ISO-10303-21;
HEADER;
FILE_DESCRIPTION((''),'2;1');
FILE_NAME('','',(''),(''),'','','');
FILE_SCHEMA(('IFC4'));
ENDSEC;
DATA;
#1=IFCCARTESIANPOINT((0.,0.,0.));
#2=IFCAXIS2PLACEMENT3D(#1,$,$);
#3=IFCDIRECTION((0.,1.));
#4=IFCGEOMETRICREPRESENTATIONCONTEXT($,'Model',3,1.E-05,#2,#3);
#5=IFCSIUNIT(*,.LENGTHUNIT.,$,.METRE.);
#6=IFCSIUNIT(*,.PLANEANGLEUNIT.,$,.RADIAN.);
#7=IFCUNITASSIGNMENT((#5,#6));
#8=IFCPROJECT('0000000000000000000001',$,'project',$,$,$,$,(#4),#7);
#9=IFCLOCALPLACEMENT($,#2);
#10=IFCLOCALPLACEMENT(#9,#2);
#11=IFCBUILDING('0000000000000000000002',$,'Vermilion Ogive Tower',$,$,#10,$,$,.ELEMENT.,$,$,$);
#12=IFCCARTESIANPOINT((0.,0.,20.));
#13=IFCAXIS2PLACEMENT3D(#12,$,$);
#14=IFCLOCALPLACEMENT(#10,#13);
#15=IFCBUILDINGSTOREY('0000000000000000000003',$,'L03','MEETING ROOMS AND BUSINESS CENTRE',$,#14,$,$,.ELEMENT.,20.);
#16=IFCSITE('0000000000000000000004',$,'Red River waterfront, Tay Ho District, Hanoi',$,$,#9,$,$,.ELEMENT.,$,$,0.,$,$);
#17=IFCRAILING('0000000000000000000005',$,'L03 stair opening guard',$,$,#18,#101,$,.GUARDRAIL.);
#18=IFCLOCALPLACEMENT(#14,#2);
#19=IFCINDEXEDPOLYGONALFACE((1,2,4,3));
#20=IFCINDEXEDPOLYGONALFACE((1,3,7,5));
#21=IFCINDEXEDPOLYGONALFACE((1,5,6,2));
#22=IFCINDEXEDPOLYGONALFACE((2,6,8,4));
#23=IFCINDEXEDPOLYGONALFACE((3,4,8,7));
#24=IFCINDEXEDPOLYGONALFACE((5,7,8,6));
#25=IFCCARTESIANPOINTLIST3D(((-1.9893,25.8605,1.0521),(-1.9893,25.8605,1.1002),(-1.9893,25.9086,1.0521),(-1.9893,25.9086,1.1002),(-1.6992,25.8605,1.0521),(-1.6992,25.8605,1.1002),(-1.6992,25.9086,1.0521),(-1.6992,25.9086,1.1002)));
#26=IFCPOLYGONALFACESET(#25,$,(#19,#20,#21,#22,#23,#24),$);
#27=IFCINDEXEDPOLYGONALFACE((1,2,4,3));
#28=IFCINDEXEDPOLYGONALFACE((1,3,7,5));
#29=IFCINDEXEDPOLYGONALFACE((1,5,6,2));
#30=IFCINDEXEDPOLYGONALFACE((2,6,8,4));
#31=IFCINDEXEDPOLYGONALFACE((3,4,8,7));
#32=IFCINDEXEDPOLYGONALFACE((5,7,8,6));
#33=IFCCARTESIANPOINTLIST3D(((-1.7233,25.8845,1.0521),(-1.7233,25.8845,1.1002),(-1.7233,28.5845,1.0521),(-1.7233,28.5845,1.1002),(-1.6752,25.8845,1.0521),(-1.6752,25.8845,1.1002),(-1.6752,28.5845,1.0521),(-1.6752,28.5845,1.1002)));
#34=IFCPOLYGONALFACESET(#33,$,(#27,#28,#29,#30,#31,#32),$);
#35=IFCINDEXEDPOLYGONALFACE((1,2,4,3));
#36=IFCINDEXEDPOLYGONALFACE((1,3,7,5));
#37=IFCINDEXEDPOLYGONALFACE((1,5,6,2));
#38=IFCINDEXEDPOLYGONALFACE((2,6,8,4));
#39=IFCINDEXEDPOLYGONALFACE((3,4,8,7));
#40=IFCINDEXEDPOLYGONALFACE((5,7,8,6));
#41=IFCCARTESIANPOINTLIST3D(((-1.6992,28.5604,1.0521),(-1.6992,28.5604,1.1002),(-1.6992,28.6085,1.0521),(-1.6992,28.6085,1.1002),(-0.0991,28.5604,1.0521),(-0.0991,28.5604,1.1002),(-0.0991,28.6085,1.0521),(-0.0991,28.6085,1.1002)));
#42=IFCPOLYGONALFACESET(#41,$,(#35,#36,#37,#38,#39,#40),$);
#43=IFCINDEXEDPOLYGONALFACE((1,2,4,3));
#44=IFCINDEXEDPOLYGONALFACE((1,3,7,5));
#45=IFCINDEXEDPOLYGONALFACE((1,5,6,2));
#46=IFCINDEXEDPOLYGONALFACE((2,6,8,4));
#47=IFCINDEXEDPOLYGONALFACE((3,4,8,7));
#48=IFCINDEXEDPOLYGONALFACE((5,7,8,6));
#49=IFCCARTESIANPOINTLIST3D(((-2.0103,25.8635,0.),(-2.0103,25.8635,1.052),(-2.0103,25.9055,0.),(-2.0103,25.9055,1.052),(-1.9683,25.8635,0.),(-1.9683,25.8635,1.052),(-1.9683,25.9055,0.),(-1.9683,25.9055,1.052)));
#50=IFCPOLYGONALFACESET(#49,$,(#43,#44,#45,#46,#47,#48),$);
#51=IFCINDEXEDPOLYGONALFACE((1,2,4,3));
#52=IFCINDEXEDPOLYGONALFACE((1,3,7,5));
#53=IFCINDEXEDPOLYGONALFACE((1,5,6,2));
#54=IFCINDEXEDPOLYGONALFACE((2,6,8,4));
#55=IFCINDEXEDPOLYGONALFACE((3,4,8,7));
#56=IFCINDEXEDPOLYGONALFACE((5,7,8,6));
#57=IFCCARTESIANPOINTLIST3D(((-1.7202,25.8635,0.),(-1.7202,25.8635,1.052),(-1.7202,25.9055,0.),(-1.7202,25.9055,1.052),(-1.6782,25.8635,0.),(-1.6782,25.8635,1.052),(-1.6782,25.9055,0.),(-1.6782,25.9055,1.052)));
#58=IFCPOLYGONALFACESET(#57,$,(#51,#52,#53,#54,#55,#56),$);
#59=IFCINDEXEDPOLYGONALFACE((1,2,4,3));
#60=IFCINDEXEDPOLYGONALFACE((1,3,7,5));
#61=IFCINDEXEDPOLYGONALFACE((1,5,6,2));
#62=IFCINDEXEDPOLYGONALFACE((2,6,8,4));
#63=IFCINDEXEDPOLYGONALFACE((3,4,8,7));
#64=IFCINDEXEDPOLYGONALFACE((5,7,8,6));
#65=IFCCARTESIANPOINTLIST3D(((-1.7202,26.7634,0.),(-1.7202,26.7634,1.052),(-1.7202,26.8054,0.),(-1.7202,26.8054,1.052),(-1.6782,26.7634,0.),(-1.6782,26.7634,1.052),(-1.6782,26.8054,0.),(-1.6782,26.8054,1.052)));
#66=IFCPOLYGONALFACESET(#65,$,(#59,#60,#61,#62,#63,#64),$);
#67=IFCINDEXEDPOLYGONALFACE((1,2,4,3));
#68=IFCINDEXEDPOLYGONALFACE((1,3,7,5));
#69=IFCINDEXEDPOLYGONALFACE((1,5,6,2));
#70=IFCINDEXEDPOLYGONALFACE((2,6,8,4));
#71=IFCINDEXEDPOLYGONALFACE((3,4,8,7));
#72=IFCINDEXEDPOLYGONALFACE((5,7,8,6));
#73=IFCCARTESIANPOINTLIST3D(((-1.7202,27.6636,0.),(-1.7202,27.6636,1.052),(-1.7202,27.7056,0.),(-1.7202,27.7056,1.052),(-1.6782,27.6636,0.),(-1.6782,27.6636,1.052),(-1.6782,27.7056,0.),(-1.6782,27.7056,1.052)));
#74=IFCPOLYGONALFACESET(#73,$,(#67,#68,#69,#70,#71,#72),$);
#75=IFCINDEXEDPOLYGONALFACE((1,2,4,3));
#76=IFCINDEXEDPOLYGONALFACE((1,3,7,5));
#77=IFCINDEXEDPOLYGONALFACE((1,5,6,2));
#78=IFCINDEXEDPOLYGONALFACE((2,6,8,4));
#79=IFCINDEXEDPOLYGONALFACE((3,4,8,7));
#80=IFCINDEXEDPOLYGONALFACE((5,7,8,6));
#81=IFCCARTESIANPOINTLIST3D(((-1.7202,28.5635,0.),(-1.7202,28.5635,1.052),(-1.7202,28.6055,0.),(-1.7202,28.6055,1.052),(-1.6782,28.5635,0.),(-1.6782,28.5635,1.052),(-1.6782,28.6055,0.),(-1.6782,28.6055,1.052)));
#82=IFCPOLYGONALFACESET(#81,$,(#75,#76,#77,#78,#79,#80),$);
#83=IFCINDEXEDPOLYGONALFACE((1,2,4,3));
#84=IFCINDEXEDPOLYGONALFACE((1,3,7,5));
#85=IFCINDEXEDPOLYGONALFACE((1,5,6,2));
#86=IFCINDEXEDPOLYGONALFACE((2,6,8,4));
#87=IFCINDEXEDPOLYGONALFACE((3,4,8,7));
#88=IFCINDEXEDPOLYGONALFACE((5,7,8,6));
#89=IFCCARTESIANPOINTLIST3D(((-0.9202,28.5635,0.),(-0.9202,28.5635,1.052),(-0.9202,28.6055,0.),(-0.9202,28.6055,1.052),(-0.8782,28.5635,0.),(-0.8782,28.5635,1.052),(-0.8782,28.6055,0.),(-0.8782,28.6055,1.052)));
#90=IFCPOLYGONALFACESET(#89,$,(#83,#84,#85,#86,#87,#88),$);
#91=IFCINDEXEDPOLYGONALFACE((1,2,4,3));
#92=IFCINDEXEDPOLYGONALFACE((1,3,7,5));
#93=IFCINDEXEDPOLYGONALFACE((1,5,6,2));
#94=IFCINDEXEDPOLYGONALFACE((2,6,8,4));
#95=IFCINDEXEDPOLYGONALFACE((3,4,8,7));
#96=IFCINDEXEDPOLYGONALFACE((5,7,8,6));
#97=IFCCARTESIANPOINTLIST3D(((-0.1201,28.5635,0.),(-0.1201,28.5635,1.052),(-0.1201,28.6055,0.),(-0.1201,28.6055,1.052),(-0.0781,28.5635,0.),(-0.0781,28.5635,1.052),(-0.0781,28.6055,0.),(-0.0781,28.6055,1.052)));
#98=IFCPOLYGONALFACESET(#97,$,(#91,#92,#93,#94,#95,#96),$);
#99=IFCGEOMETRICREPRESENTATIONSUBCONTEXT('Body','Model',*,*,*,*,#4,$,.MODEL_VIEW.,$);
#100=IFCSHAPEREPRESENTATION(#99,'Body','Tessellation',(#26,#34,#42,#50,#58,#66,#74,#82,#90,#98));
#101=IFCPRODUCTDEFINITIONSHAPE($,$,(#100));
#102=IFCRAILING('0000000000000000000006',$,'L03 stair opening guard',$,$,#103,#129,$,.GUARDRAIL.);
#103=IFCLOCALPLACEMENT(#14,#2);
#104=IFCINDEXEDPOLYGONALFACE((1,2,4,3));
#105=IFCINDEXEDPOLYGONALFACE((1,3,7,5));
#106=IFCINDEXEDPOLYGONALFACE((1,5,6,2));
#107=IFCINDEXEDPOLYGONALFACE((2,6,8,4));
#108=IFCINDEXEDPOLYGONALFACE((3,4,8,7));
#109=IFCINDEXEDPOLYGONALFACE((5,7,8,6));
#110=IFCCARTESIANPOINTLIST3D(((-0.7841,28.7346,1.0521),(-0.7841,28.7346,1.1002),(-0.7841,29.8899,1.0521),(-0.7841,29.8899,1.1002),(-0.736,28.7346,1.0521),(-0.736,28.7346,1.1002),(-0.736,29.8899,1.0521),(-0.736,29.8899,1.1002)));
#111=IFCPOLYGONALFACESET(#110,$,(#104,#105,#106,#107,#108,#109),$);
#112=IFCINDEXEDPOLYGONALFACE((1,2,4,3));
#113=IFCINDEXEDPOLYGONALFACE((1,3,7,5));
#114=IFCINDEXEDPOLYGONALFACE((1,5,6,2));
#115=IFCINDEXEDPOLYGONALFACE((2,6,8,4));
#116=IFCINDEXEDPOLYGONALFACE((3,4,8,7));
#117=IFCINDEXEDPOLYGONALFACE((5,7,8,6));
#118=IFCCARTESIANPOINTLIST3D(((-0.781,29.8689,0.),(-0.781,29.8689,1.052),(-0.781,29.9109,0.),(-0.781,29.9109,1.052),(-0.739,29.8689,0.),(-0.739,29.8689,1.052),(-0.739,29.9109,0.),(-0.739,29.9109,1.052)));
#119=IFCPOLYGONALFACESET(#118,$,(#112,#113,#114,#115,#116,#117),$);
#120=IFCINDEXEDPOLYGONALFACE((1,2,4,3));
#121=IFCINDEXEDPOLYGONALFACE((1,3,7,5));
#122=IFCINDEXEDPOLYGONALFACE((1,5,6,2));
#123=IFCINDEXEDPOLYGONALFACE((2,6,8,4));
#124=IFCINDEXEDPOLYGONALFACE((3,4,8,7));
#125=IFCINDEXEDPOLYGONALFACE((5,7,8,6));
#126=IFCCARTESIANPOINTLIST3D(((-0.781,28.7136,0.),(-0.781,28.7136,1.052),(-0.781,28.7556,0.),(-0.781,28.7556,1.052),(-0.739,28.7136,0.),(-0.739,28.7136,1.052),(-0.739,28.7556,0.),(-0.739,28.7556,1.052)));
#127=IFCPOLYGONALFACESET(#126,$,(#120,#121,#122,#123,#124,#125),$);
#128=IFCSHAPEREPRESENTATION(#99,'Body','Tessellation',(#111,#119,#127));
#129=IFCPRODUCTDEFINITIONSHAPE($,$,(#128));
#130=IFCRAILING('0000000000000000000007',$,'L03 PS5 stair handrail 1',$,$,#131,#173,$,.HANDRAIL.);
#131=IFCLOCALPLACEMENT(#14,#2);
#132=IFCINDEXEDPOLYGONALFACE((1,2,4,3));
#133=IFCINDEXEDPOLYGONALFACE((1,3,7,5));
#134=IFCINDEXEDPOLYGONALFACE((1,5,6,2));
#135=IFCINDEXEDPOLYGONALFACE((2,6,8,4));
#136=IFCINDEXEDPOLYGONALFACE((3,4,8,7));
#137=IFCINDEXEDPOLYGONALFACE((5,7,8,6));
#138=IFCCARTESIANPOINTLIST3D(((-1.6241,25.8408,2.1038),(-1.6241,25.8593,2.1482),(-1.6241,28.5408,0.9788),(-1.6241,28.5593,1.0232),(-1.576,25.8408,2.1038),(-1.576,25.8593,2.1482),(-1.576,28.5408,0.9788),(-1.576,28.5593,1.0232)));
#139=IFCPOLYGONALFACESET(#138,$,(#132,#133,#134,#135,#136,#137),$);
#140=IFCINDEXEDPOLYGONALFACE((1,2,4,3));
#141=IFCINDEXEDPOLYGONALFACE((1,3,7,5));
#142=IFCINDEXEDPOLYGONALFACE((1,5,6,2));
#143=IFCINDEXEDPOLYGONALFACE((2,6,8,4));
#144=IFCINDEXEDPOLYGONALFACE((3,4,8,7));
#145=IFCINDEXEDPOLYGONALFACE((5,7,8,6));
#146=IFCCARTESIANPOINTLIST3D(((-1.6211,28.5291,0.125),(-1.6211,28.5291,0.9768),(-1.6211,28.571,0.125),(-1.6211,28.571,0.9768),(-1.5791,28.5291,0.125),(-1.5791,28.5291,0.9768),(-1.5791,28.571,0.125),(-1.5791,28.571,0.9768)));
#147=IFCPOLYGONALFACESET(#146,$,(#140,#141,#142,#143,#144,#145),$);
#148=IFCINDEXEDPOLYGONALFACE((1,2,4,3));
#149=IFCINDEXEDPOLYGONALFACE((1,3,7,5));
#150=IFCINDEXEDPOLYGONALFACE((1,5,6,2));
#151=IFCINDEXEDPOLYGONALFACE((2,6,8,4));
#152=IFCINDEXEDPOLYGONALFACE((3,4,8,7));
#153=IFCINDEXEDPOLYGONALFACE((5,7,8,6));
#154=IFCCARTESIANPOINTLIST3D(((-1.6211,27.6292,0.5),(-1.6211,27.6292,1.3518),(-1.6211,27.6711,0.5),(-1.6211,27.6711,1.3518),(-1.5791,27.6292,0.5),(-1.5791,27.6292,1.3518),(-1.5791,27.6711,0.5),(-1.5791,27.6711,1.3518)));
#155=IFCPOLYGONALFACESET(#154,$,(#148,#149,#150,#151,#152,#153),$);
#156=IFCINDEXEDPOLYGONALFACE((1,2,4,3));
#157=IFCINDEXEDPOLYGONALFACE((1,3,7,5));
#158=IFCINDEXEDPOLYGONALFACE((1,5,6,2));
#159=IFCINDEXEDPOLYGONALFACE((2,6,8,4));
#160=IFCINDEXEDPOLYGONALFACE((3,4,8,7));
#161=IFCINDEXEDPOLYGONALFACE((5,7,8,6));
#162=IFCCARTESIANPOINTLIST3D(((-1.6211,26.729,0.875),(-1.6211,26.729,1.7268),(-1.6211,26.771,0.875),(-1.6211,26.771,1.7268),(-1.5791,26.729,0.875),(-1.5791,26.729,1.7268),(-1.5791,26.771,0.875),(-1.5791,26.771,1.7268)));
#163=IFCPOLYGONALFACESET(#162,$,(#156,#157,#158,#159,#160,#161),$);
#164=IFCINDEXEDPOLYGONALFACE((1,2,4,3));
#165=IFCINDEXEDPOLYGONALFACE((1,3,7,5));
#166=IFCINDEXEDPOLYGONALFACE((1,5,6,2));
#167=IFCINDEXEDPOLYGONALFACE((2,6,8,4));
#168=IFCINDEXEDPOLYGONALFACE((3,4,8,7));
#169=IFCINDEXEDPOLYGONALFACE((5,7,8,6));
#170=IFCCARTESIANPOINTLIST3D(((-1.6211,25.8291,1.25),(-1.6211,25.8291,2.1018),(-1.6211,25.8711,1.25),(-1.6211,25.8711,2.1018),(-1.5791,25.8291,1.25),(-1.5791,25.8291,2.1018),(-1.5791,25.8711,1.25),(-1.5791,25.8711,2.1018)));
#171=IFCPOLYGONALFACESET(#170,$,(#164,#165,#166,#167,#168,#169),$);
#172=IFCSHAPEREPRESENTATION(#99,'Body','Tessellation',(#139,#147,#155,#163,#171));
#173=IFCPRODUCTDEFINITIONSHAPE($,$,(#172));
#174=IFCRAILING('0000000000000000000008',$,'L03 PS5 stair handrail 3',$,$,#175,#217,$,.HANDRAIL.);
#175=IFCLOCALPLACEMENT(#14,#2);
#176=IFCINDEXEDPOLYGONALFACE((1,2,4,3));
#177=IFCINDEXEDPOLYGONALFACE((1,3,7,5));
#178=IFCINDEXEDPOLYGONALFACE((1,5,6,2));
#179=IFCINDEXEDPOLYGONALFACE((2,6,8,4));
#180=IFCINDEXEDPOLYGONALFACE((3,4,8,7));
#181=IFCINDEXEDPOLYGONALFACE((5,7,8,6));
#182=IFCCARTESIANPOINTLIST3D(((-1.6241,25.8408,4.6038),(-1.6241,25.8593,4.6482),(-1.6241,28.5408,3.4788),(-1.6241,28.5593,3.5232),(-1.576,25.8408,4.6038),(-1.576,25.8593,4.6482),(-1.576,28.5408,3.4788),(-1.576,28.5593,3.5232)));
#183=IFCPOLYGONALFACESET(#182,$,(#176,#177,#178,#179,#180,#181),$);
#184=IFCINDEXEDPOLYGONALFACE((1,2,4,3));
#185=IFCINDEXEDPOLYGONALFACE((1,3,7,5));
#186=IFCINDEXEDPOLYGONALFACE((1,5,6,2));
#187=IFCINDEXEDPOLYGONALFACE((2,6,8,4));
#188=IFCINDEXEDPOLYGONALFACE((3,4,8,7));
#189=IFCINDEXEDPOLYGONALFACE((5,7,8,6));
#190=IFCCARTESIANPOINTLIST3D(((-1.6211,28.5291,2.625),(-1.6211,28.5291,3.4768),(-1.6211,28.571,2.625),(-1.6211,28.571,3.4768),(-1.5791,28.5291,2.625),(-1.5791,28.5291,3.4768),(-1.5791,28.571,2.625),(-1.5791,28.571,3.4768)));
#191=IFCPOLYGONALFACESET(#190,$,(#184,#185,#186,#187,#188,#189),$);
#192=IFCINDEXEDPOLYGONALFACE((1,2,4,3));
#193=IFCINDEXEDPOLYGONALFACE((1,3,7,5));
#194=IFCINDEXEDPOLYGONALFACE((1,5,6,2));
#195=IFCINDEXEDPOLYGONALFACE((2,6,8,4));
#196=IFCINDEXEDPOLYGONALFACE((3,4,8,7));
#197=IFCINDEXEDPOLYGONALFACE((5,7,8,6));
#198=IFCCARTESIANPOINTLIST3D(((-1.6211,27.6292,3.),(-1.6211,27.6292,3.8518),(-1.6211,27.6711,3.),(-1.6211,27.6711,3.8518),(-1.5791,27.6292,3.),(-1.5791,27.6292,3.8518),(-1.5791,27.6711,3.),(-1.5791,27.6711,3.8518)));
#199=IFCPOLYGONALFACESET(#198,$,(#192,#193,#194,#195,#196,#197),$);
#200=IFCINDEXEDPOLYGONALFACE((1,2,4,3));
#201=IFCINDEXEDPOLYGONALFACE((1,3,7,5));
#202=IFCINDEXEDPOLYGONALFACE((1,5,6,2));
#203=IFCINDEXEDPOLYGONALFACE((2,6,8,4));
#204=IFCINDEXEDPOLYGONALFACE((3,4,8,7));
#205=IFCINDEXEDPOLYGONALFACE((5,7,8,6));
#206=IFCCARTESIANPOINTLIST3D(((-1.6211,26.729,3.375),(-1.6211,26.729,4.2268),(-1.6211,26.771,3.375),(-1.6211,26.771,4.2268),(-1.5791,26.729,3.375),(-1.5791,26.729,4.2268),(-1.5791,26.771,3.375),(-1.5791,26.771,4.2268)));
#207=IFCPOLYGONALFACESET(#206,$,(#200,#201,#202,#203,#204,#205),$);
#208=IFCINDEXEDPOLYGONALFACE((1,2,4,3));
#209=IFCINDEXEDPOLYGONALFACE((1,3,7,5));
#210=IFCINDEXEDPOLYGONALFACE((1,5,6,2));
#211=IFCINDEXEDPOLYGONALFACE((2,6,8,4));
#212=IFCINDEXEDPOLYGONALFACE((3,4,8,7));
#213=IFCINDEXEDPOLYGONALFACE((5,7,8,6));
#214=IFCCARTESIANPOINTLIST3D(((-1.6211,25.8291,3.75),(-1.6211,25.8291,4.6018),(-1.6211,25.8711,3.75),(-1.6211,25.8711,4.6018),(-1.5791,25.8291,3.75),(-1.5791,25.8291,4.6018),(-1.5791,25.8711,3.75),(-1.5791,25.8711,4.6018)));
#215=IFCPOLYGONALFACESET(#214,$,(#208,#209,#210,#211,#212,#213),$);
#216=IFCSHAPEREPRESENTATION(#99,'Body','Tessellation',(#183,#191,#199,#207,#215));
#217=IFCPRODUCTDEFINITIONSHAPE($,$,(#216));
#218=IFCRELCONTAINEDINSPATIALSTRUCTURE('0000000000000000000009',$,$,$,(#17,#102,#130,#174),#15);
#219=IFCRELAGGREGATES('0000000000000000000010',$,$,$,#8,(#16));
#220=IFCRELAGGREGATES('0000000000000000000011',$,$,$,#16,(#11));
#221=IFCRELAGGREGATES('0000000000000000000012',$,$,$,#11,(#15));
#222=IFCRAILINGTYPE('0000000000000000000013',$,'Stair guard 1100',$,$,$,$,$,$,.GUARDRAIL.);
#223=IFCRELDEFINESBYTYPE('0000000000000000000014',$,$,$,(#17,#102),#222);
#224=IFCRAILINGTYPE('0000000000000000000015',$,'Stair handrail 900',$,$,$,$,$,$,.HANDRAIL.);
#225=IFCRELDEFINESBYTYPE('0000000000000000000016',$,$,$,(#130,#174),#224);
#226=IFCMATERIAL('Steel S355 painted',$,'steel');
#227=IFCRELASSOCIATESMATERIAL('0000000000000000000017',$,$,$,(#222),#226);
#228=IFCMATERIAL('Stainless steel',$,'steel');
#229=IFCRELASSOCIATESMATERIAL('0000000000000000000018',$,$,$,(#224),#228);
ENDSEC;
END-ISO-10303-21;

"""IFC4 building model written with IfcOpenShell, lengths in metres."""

from ifc_helpers import new_model, si_unit, direction, frame, origin, origin_2d, place, context, subcontext, project, spatial, rectangle, extrude, material, type_object, element, save


model = new_model("IFC4")

# Units and contexts
model_context = context("Model", 3, precision=1e-05, world=origin(), true_north=direction((0.0, 1.0)))
body_context = subcontext(model_context, "Body", "Model", "MODEL_VIEW")
ifc_project = project(units=[si_unit("LENGTHUNIT", "METRE"), si_unit("PLANEANGLEUNIT", "RADIAN")], contexts=[model_context])

# Site, building, storey
site_placement = place(None, origin())
site = spatial("IfcSite", under=ifc_project, at=site_placement, Name="Red River waterfront, Tay Ho District, Hanoi", CompositionType="ELEMENT", RefElevation=0.0)
building_placement = place(site_placement, origin())
building = spatial("IfcBuilding", under=site, at=building_placement, Name="Vermilion Ogive Tower", CompositionType="ELEMENT")
storey_placement = place(building_placement, frame((0.0, 0.0, 20.0)))
storey = spatial("IfcBuildingStorey", under=building, at=storey_placement, Name="L03", Description="MEETING ROOMS AND BUSINESS CENTRE", CompositionType="ELEMENT", Elevation=20.0)

# Railings
ifc_material_1 = material(Name="Steel S355 painted", Category="steel")
railing_type_1 = type_object("IfcRailingType", Name="Stair guard 1100", PredefinedType="GUARDRAIL", material=ifc_material_1)
railing_1_placement = place(storey_placement, frame((-1.9893, 25.8845, 0.0)))
element("IfcRailing", 1, at=railing_1_placement, inside=storey, type_object=railing_type_1, Name="L03 stair opening guard", PredefinedType="GUARDRAIL", context=body_context, shape_type="SweptSolid", body=[
    extrude(rectangle(XDim=0.0481, YDim=0.0481, at=origin_2d()), frame((0.0, 0.0, 1.0762), z_axis=(1.0, 0.0, 0.0), x_axis=(0.0, 1.0, 0.0)), (0.0, 0.0, 1.0), 0.29),
    extrude(rectangle(XDim=0.0481, YDim=0.0481, at=origin_2d()), frame((0.29, 0.0, 1.0762), z_axis=(0.0, 1.0, 0.0), x_axis=(-1.0, 0.0, 0.0)), (0.0, 0.0, 1.0), 2.7),
    extrude(rectangle(XDim=0.0481, YDim=0.0481, at=origin_2d()), frame((0.29, 2.7, 1.0762), z_axis=(1.0, 0.0, 0.0), x_axis=(0.0, 1.0, 0.0)), (0.0, 0.0, 1.0), 1.6001),
    extrude(rectangle(XDim=0.042, YDim=0.042, at=origin_2d()), origin(), (0.0, 0.0, 1.0), 1.052),
    extrude(rectangle(XDim=0.042, YDim=0.042, at=origin_2d()), frame((0.29, 0.0, 0.0)), (0.0, 0.0, 1.0), 1.052),
    extrude(rectangle(XDim=0.042, YDim=0.042, at=origin_2d()), frame((0.29, 0.8999, 0.0)), (0.0, 0.0, 1.0), 1.052),
    extrude(rectangle(XDim=0.042, YDim=0.042, at=origin_2d()), frame((0.29, 1.8, 0.0)), (0.0, 0.0, 1.0), 1.052),
    extrude(rectangle(XDim=0.042, YDim=0.042, at=origin_2d()), frame((0.29, 2.7, 0.0)), (0.0, 0.0, 1.0), 1.052),
    extrude(rectangle(XDim=0.042, YDim=0.042, at=origin_2d()), frame((1.0901, 2.7, 0.0)), (0.0, 0.0, 1.0), 1.052),
    extrude(rectangle(XDim=0.042, YDim=0.042, at=origin_2d()), frame((1.8901, 2.7, 0.0)), (0.0, 0.0, 1.0), 1.052),
])
railing_2_placement = place(storey_placement, frame((-0.76, 29.8899, 0.0)))
element("IfcRailing", 2, at=railing_2_placement, inside=storey, type_object=railing_type_1, Name="L03 stair opening guard", PredefinedType="GUARDRAIL", context=body_context, shape_type="SweptSolid", body=[
    extrude(rectangle(XDim=0.0481, YDim=0.0481, at=origin_2d()), frame((0.0, 0.0, 1.0762), z_axis=(0.0, -1.0, 0.0), x_axis=(1.0, 0.0, 0.0)), (0.0, 0.0, 1.0), 1.1553),
    extrude(rectangle(XDim=0.042, YDim=0.042, at=origin_2d()), origin(), (0.0, 0.0, 1.0), 1.052),
    extrude(rectangle(XDim=0.042, YDim=0.042, at=origin_2d()), frame((0.0, -1.1553, 0.0)), (0.0, 0.0, 1.0), 1.052),
])
ifc_material_2 = material(Name="Stainless steel", Category="steel")
railing_type_2 = type_object("IfcRailingType", Name="Stair handrail 900", PredefinedType="HANDRAIL", material=ifc_material_2)
for number, where, name in (
    (3, (-1.6001, 28.55, 0.125), "L03 PS5 stair handrail 1"),
    (4, (-1.6001, 28.55, 2.625), "L03 PS5 stair handrail 3"),
):
    element("IfcRailing", number, at=place(storey_placement, frame(where)), inside=storey, type_object=railing_type_2, Name=name, PredefinedType="HANDRAIL", context=body_context, shape_type="SweptSolid", body=[
        extrude(rectangle(XDim=0.0481, YDim=0.0481, at=origin_2d()), frame((0.0, 0.0, 0.876), z_axis=(0.0, -0.923074, 0.384621), x_axis=(1.0, 0.0, 0.0)), (0.0, 0.0, 1.0), 2.925),
        extrude(rectangle(XDim=0.042, YDim=0.042, at=origin_2d()), origin(), (0.0, 0.0, 1.0), 0.8518),
        extrude(rectangle(XDim=0.042, YDim=0.042, at=origin_2d()), frame((0.0, -0.8999, 0.375)), (0.0, 0.0, 1.0), 0.8518),
        extrude(rectangle(XDim=0.042, YDim=0.042, at=origin_2d()), frame((0.0, -1.8, 0.75)), (0.0, 0.0, 1.0), 0.8518),
        extrude(rectangle(XDim=0.042, YDim=0.042, at=origin_2d()), frame((0.0, -2.7, 1.125)), (0.0, 0.0, 1.0), 0.8518),
    ])

save(model, "model.ifc")
